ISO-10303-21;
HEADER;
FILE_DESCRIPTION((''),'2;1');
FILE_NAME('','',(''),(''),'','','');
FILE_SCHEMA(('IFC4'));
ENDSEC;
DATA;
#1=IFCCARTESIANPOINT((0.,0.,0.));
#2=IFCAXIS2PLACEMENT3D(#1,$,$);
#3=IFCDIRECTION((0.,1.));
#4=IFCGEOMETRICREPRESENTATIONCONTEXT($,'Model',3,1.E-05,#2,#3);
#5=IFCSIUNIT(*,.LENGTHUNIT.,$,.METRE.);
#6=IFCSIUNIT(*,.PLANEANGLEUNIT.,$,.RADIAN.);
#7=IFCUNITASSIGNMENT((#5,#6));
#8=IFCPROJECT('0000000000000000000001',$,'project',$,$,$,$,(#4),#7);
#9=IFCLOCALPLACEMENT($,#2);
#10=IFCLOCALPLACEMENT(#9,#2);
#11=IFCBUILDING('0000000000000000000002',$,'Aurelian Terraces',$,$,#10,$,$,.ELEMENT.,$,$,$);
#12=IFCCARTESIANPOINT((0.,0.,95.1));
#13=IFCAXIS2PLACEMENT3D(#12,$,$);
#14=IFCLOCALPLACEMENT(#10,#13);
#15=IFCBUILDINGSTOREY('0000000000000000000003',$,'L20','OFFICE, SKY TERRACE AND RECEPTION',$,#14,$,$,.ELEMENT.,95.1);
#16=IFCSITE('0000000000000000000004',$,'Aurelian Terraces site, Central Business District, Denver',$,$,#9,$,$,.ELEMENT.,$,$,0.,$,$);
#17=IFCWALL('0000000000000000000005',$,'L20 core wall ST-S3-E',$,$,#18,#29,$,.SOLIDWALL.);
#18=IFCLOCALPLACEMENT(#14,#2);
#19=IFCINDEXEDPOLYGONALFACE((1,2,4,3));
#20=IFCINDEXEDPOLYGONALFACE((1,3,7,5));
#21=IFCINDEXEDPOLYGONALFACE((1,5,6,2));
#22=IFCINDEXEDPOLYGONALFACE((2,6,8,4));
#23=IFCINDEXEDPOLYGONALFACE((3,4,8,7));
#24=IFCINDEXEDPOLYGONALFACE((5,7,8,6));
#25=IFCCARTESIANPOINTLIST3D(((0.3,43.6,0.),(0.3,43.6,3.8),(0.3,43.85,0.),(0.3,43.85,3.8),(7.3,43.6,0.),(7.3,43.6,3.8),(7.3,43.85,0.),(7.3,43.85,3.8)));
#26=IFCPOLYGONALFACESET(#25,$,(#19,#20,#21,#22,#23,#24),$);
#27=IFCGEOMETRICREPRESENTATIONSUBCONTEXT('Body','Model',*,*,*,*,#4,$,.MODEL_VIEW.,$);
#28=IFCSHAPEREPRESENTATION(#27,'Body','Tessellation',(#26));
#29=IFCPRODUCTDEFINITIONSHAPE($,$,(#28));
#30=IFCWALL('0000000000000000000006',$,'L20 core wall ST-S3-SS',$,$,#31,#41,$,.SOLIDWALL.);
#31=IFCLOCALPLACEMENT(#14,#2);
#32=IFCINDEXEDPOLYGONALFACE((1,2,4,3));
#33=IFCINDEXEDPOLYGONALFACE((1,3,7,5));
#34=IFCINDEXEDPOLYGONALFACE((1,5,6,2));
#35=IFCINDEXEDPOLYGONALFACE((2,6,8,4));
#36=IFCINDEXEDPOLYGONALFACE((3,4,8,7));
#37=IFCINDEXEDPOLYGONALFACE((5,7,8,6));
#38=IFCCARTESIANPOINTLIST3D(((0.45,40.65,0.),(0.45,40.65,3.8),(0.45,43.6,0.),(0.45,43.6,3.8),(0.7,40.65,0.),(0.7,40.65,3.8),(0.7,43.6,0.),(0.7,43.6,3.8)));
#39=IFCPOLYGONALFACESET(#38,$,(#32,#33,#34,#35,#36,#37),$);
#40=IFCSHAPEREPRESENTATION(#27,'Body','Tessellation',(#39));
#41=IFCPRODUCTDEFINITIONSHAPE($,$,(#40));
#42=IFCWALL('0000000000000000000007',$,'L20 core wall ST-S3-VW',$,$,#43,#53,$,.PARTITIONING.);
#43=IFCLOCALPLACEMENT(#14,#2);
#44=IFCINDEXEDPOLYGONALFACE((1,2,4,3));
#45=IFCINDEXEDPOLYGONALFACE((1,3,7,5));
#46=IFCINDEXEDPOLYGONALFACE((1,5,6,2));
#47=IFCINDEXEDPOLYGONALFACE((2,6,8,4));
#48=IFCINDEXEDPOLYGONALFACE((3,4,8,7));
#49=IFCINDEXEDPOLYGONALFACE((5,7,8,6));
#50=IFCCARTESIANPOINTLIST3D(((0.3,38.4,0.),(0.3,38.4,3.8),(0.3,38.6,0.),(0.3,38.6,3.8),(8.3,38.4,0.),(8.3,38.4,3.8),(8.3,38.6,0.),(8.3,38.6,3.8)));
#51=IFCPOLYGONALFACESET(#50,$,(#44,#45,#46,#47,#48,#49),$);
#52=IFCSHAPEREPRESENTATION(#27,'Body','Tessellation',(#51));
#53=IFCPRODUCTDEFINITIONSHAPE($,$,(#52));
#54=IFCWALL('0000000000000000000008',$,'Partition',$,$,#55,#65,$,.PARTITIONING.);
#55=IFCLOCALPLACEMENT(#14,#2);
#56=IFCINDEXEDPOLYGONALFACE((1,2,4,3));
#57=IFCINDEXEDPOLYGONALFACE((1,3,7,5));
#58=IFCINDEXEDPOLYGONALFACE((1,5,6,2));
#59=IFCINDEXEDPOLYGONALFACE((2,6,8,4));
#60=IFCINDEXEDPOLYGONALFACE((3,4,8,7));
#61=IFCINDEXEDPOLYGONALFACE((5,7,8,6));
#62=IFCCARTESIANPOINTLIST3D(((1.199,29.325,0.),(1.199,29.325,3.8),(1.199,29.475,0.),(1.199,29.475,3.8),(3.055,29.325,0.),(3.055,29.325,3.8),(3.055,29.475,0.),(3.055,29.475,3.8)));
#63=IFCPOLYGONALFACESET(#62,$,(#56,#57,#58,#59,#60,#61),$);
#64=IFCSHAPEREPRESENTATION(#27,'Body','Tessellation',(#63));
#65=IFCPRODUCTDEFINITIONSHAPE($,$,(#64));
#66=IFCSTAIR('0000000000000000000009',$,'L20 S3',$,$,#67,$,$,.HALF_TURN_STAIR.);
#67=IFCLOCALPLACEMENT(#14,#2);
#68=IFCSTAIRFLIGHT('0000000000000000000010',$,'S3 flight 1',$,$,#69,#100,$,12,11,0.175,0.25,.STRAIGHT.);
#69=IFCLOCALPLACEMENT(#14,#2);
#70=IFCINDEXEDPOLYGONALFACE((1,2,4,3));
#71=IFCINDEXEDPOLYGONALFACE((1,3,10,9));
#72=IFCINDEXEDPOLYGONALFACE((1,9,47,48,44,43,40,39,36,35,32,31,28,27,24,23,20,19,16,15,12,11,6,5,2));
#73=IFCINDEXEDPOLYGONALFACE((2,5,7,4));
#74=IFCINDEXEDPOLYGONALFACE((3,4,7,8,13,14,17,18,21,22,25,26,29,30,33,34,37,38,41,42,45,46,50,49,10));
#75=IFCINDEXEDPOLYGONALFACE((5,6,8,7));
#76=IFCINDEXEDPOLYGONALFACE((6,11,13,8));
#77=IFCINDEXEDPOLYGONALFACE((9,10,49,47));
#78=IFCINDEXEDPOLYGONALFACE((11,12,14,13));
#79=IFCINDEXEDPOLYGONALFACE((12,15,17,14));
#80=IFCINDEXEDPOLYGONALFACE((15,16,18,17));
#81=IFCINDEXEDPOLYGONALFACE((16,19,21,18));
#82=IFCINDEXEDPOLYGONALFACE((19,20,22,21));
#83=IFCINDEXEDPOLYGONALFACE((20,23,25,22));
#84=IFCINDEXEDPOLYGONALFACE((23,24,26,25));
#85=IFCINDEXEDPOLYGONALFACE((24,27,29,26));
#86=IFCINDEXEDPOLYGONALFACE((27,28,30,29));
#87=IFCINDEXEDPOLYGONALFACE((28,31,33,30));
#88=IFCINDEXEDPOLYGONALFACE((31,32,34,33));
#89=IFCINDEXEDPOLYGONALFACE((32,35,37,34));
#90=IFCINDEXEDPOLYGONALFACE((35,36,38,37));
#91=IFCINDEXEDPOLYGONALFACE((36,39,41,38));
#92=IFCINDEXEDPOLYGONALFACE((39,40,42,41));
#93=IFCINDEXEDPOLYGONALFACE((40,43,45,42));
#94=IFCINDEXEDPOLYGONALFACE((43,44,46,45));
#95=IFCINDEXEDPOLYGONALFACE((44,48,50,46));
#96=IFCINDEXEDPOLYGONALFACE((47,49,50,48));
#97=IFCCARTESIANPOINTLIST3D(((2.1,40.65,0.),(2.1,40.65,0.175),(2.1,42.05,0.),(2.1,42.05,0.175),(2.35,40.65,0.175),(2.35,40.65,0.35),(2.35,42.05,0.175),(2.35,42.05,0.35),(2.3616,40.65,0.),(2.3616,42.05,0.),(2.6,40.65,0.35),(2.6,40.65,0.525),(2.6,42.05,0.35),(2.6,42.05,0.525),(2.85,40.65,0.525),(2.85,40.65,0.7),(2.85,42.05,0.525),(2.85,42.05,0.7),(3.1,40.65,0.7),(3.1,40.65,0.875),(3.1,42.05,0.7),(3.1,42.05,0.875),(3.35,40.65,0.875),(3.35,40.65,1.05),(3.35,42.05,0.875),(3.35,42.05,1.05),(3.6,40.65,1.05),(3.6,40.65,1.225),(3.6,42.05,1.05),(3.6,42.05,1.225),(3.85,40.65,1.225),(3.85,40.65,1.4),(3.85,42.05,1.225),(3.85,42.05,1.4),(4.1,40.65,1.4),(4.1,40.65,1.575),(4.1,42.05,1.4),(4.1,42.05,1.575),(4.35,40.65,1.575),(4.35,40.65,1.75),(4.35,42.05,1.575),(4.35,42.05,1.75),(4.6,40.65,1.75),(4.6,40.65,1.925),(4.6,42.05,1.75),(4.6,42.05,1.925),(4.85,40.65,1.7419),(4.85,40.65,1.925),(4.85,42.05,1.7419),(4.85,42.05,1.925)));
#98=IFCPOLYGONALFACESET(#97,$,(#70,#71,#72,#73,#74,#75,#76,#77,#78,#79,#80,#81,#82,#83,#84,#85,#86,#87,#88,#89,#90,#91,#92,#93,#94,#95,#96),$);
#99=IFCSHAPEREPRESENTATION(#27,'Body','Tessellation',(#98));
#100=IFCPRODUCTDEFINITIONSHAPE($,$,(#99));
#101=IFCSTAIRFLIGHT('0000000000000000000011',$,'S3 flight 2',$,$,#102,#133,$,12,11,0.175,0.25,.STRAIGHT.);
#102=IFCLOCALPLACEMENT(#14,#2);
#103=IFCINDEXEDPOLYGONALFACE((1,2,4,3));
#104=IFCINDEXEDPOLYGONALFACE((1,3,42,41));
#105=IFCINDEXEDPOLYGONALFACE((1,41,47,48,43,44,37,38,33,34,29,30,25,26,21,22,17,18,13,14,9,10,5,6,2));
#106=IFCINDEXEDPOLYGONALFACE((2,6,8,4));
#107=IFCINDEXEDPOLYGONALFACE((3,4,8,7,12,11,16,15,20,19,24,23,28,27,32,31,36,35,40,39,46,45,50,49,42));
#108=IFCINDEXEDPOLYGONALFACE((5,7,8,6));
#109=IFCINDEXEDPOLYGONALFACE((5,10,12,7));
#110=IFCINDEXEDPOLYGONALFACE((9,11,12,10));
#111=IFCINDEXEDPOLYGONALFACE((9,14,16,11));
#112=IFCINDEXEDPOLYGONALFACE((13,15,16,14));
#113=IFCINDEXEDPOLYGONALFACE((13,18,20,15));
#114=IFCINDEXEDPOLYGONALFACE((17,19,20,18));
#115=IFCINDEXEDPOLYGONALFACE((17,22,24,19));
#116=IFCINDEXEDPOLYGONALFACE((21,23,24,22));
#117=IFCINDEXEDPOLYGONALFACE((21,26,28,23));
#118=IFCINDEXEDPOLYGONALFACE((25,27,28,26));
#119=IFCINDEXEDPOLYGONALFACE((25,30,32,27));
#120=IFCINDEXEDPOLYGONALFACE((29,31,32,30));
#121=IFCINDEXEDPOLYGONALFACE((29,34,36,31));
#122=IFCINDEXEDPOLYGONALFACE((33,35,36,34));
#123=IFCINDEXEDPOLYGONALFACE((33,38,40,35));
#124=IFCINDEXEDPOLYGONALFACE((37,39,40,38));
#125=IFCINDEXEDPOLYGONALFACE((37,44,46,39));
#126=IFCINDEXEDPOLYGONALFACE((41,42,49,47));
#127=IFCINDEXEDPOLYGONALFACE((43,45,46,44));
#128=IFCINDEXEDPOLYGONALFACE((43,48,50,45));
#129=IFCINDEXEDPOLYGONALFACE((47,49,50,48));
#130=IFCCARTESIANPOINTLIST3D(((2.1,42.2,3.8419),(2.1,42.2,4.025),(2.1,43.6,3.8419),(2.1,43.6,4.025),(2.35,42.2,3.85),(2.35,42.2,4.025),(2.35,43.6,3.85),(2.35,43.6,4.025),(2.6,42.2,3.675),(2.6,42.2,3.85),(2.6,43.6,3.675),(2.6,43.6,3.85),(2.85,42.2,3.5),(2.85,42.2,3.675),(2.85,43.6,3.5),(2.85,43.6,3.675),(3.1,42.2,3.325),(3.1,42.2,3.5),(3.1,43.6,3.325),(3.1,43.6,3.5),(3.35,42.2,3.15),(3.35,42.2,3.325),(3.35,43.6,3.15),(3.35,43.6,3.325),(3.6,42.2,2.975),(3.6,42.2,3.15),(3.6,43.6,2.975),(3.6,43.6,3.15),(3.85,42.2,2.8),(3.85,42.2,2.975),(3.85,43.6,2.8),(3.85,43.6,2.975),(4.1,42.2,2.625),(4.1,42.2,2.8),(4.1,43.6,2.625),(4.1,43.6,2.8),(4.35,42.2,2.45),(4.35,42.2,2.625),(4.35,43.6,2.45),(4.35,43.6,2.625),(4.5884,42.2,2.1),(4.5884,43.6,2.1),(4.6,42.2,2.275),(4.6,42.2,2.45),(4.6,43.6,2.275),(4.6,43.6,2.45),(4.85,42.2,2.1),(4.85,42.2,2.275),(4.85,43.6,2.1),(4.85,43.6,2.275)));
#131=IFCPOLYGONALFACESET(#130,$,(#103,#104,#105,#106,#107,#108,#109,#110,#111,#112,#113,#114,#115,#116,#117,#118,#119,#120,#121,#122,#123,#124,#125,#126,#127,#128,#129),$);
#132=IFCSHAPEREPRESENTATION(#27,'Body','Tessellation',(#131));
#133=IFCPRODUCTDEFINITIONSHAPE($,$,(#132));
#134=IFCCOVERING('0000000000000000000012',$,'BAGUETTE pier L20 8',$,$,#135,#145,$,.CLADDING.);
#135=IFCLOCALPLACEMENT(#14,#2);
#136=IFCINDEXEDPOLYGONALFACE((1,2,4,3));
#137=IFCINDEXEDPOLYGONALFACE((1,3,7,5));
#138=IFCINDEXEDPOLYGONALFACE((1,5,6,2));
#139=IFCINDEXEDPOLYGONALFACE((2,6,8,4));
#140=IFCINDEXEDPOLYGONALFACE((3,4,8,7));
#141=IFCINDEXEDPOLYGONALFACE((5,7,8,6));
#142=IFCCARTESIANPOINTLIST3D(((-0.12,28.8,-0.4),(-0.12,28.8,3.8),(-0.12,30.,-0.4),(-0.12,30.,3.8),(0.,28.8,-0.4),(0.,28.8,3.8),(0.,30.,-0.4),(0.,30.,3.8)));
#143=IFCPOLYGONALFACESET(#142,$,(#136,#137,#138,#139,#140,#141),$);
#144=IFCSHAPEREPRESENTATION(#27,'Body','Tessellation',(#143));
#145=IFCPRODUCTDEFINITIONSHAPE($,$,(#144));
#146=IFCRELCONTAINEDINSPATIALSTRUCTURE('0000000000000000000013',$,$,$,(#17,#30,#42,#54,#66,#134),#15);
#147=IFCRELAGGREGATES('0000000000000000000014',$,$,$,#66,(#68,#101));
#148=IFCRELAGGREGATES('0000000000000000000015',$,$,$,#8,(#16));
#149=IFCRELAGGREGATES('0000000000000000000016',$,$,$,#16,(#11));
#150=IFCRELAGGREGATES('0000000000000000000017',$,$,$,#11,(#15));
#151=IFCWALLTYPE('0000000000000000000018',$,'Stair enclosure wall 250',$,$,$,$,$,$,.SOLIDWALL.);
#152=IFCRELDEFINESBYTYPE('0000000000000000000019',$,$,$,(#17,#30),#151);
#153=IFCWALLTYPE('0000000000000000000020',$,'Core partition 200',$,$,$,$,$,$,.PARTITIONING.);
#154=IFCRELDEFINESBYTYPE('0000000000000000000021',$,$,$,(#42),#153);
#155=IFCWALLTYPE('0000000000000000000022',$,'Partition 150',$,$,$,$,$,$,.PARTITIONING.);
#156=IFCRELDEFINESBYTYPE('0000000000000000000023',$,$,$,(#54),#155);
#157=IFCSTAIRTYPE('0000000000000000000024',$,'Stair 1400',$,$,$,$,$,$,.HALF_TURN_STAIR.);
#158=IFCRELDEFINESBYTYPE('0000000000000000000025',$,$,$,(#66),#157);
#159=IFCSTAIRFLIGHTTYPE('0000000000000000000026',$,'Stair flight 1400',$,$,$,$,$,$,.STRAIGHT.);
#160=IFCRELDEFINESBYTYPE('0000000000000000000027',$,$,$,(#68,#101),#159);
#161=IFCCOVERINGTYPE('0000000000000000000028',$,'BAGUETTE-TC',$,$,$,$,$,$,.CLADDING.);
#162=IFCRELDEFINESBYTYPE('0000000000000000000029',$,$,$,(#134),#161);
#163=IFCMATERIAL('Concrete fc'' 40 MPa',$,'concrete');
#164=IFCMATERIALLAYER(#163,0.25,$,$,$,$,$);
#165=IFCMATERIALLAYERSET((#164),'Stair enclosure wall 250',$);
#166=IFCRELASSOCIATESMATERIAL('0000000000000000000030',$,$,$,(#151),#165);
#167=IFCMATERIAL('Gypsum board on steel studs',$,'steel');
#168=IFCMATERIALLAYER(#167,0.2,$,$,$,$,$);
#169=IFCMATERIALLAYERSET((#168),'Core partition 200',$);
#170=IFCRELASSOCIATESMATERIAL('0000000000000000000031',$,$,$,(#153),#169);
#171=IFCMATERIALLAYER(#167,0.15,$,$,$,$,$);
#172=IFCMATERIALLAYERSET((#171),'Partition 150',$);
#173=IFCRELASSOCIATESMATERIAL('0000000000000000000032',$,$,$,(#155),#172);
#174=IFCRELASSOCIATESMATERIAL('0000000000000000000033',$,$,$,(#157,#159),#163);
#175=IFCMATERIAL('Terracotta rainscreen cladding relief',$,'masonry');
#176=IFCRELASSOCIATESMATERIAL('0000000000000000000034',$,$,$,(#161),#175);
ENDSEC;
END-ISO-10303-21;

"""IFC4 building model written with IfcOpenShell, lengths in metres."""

from ifc_helpers import new_model, si_unit, direction, frame, frame_2d, origin, origin_2d, place, context, subcontext, project, spatial, polyline, rectangle, outline, extrude, source, transform, mapped, material, layer, layer_set, type_object, element, aggregate, save


model = new_model("IFC4")

# Units and contexts
model_context = context("Model", 3, precision=1e-05, world=origin(), true_north=direction((0.0, 1.0)))
body_context = subcontext(model_context, "Body", "Model", "MODEL_VIEW")
ifc_project = project(units=[si_unit("LENGTHUNIT", "METRE"), si_unit("PLANEANGLEUNIT", "RADIAN")], contexts=[model_context])

# Site, building, storey
site_placement = place(None, origin())
site = spatial("IfcSite", under=ifc_project, at=site_placement, Name="Aurelian Terraces site, Central Business District, Denver", CompositionType="ELEMENT", RefElevation=0.0)
building_placement = place(site_placement, origin())
building = spatial("IfcBuilding", under=site, at=building_placement, Name="Aurelian Terraces", CompositionType="ELEMENT")
storey_placement = place(building_placement, frame((0.0, 0.0, 95.1)))
storey = spatial("IfcBuildingStorey", under=building, at=storey_placement, Name="L20", Description="OFFICE, SKY TERRACE AND RECEPTION", CompositionType="ELEMENT", Elevation=95.1)

# Shared definitions
ifc_material_1 = material(Name="Concrete fc' 40 MPa", Category="concrete")

# Shared definitions
ifc_layer_1 = layer(ifc_material_1, 0.25)
ifc_layer_set_1 = layer_set([ifc_layer_1], Name="Stair enclosure wall 250")
wall_type_1 = type_object("IfcWallType", Name="Stair enclosure wall 250", PredefinedType="SOLIDWALL", material=ifc_layer_set_1)
shared_shape_1 = source(origin(), body_context, "Body", "SweptSolid", [
    extrude(rectangle(XDim=7.0, YDim=0.25, at=frame_2d((3.5, 0.0))), origin(), (0.0, 0.0, 1.0), 3.8),
])

# Walls
wall_1_placement = place(storey_placement, frame((0.3, 43.725, 0.0), z_axis=(0.0, 0.0, 1.0), x_axis=(1.0, 0.0, 0.0)))
element("IfcWall", 1, at=wall_1_placement, inside=storey, type_object=wall_type_1, Name="L20 core wall ST-S3-E", PredefinedType="SOLIDWALL", context=body_context, shape_type="MappedRepresentation", body=[
    mapped(shared_shape_1, transform((0.0, 0.0, 0.0), scale=1.0)),
])
shared_shape_2 = source(origin(), body_context, "Body", "SweptSolid", [
    extrude(rectangle(XDim=2.95, YDim=0.25, at=frame_2d((1.475, 0.0))), origin(), (0.0, 0.0, 1.0), 3.8),
])
wall_2_placement = place(storey_placement, frame((0.575, 40.65, 0.0), z_axis=(0.0, 0.0, 1.0), x_axis=(0.0, 1.0, 0.0)))
element("IfcWall", 2, at=wall_2_placement, inside=storey, type_object=wall_type_1, Name="L20 core wall ST-S3-SS", PredefinedType="SOLIDWALL", context=body_context, shape_type="MappedRepresentation", body=[
    mapped(shared_shape_2, transform((0.0, 0.0, 0.0), scale=1.0)),
])
ifc_material_2 = material(Name="Gypsum board on steel studs", Category="steel")
ifc_layer_2 = layer(ifc_material_2, 0.2)
ifc_layer_set_2 = layer_set([ifc_layer_2], Name="Core partition 200")
wall_type_2 = type_object("IfcWallType", Name="Core partition 200", PredefinedType="PARTITIONING", material=ifc_layer_set_2)
shared_shape_3 = source(origin(), body_context, "Body", "SweptSolid", [
    extrude(rectangle(XDim=8.0, YDim=0.2, at=frame_2d((4.0, 0.0))), origin(), (0.0, 0.0, 1.0), 3.8),
])
wall_3_placement = place(storey_placement, frame((0.3, 38.5, 0.0), z_axis=(0.0, 0.0, 1.0), x_axis=(1.0, 0.0, 0.0)))
element("IfcWall", 3, at=wall_3_placement, inside=storey, type_object=wall_type_2, Name="L20 core wall ST-S3-VW", PredefinedType="PARTITIONING", context=body_context, shape_type="MappedRepresentation", body=[
    mapped(shared_shape_3, transform((0.0, 0.0, 0.0), scale=1.0)),
])
ifc_layer_3 = layer(ifc_material_2, 0.15)
ifc_layer_set_3 = layer_set([ifc_layer_3], Name="Partition 150")
wall_type_3 = type_object("IfcWallType", Name="Partition 150", PredefinedType="PARTITIONING", material=ifc_layer_set_3)
shared_shape_4 = source(origin(), body_context, "Body", "SweptSolid", [
    extrude(rectangle(XDim=1.856, YDim=0.15, at=frame_2d((0.928, 0.0))), origin(), (0.0, 0.0, 1.0), 3.8),
])
wall_4_placement = place(storey_placement, frame((3.055, 29.4, 0.0), z_axis=(0.0, 0.0, 1.0), x_axis=(-1.0, 0.0, 0.0)))
element("IfcWall", 4, at=wall_4_placement, inside=storey, type_object=wall_type_3, Name="Partition", PredefinedType="PARTITIONING", context=body_context, shape_type="MappedRepresentation", body=[
    mapped(shared_shape_4, transform((0.0, 0.0, 0.0), scale=1.0)),
])

# Stair, stair flights
stair_type = type_object("IfcStairType", Name="Stair 1400", PredefinedType="HALF_TURN_STAIR", material=ifc_material_1)
stair_placement = place(storey_placement, origin())
stair = element("IfcStair", 5, at=stair_placement, inside=storey, type_object=stair_type, Name="L20 S3", PredefinedType="HALF_TURN_STAIR")
stair_flight_type = type_object("IfcStairFlightType", Name="Stair flight 1400", PredefinedType="STRAIGHT", material=ifc_material_1)
shared_shape_5 = source(origin(), body_context, "Body", "SweptSolid", [
    extrude(outline(polyline([(0.0, 0.0), (0.0, 0.175), (0.25, 0.175), (0.25, 0.35), (0.5, 0.35), (0.5, 0.525), (0.75, 0.525), (0.75, 0.7), (1.0, 0.7), (1.0, 0.875), (1.25, 0.875), (1.25, 1.05), (1.5, 1.05), (1.5, 1.225), (1.75, 1.225), (1.75, 1.4), (2.0, 1.4), (2.0, 1.575), (2.25, 1.575), (2.25, 1.75), (2.5, 1.75), (2.5, 1.925), (2.75, 1.925), (2.75, 2.1), (2.75, 1.7419), (0.2616, 0.0), (0.0, 0.0)])), frame((0.0, 0.7, 0.0), z_axis=(0.0, -1.0, 0.0), x_axis=(1.0, 0.0, 0.0)), (0.0, 0.0, 1.0), 1.4),
])
stair_flight_1_placement = place(storey_placement, frame((2.1, 41.35, 0.0), z_axis=(0.0, 0.0, 1.0), x_axis=(1.0, 0.0, 0.0)))
stair_flight_1 = element("IfcStairFlight", 6, at=stair_flight_1_placement, type_object=stair_flight_type, Name="S3 flight 1", NumberOfRisers=12, NumberOfTreads=11, PredefinedType="STRAIGHT", RiserHeight=0.175, TreadLength=0.25, context=body_context, shape_type="MappedRepresentation", body=[
    mapped(shared_shape_5, transform((0.0, 0.0, 0.0), scale=1.0)),
])
stair_flight_2_placement = place(storey_placement, frame((4.85, 42.9, 2.1), z_axis=(0.0, 0.0, 1.0), x_axis=(-1.0, 0.0, 0.0)))
stair_flight_2 = element("IfcStairFlight", 7, at=stair_flight_2_placement, type_object=stair_flight_type, Name="S3 flight 2", NumberOfRisers=12, NumberOfTreads=11, PredefinedType="STRAIGHT", RiserHeight=0.175, TreadLength=0.25, context=body_context, shape_type="MappedRepresentation", body=[
    mapped(shared_shape_5, transform((0.0, 0.0, 0.0), scale=1.0)),
])
aggregate(stair, [stair_flight_1, stair_flight_2])

# Covering
ifc_material_3 = material(Name="Terracotta rainscreen cladding relief", Category="masonry")
covering_type = type_object("IfcCoveringType", Name="BAGUETTE-TC", PredefinedType="CLADDING", material=ifc_material_3)
shared_shape_6 = source(origin(), body_context, "Body", "SweptSolid", [
    extrude(rectangle(XDim=0.12, YDim=1.2, at=origin_2d()), origin(), (0.0, 0.0, 1.0), 4.2),
])
covering_placement = place(storey_placement, frame((-0.06, 29.4, -0.4), z_axis=(0.0, 0.0, 1.0), x_axis=(1.0, 0.0, 0.0)))
element("IfcCovering", 8, at=covering_placement, inside=storey, type_object=covering_type, Name="BAGUETTE pier L20 8", PredefinedType="CLADDING", context=body_context, shape_type="MappedRepresentation", body=[
    mapped(shared_shape_6, transform((0.0, 0.0, 0.0), scale=1.0)),
])

save(model, "model.ifc")
